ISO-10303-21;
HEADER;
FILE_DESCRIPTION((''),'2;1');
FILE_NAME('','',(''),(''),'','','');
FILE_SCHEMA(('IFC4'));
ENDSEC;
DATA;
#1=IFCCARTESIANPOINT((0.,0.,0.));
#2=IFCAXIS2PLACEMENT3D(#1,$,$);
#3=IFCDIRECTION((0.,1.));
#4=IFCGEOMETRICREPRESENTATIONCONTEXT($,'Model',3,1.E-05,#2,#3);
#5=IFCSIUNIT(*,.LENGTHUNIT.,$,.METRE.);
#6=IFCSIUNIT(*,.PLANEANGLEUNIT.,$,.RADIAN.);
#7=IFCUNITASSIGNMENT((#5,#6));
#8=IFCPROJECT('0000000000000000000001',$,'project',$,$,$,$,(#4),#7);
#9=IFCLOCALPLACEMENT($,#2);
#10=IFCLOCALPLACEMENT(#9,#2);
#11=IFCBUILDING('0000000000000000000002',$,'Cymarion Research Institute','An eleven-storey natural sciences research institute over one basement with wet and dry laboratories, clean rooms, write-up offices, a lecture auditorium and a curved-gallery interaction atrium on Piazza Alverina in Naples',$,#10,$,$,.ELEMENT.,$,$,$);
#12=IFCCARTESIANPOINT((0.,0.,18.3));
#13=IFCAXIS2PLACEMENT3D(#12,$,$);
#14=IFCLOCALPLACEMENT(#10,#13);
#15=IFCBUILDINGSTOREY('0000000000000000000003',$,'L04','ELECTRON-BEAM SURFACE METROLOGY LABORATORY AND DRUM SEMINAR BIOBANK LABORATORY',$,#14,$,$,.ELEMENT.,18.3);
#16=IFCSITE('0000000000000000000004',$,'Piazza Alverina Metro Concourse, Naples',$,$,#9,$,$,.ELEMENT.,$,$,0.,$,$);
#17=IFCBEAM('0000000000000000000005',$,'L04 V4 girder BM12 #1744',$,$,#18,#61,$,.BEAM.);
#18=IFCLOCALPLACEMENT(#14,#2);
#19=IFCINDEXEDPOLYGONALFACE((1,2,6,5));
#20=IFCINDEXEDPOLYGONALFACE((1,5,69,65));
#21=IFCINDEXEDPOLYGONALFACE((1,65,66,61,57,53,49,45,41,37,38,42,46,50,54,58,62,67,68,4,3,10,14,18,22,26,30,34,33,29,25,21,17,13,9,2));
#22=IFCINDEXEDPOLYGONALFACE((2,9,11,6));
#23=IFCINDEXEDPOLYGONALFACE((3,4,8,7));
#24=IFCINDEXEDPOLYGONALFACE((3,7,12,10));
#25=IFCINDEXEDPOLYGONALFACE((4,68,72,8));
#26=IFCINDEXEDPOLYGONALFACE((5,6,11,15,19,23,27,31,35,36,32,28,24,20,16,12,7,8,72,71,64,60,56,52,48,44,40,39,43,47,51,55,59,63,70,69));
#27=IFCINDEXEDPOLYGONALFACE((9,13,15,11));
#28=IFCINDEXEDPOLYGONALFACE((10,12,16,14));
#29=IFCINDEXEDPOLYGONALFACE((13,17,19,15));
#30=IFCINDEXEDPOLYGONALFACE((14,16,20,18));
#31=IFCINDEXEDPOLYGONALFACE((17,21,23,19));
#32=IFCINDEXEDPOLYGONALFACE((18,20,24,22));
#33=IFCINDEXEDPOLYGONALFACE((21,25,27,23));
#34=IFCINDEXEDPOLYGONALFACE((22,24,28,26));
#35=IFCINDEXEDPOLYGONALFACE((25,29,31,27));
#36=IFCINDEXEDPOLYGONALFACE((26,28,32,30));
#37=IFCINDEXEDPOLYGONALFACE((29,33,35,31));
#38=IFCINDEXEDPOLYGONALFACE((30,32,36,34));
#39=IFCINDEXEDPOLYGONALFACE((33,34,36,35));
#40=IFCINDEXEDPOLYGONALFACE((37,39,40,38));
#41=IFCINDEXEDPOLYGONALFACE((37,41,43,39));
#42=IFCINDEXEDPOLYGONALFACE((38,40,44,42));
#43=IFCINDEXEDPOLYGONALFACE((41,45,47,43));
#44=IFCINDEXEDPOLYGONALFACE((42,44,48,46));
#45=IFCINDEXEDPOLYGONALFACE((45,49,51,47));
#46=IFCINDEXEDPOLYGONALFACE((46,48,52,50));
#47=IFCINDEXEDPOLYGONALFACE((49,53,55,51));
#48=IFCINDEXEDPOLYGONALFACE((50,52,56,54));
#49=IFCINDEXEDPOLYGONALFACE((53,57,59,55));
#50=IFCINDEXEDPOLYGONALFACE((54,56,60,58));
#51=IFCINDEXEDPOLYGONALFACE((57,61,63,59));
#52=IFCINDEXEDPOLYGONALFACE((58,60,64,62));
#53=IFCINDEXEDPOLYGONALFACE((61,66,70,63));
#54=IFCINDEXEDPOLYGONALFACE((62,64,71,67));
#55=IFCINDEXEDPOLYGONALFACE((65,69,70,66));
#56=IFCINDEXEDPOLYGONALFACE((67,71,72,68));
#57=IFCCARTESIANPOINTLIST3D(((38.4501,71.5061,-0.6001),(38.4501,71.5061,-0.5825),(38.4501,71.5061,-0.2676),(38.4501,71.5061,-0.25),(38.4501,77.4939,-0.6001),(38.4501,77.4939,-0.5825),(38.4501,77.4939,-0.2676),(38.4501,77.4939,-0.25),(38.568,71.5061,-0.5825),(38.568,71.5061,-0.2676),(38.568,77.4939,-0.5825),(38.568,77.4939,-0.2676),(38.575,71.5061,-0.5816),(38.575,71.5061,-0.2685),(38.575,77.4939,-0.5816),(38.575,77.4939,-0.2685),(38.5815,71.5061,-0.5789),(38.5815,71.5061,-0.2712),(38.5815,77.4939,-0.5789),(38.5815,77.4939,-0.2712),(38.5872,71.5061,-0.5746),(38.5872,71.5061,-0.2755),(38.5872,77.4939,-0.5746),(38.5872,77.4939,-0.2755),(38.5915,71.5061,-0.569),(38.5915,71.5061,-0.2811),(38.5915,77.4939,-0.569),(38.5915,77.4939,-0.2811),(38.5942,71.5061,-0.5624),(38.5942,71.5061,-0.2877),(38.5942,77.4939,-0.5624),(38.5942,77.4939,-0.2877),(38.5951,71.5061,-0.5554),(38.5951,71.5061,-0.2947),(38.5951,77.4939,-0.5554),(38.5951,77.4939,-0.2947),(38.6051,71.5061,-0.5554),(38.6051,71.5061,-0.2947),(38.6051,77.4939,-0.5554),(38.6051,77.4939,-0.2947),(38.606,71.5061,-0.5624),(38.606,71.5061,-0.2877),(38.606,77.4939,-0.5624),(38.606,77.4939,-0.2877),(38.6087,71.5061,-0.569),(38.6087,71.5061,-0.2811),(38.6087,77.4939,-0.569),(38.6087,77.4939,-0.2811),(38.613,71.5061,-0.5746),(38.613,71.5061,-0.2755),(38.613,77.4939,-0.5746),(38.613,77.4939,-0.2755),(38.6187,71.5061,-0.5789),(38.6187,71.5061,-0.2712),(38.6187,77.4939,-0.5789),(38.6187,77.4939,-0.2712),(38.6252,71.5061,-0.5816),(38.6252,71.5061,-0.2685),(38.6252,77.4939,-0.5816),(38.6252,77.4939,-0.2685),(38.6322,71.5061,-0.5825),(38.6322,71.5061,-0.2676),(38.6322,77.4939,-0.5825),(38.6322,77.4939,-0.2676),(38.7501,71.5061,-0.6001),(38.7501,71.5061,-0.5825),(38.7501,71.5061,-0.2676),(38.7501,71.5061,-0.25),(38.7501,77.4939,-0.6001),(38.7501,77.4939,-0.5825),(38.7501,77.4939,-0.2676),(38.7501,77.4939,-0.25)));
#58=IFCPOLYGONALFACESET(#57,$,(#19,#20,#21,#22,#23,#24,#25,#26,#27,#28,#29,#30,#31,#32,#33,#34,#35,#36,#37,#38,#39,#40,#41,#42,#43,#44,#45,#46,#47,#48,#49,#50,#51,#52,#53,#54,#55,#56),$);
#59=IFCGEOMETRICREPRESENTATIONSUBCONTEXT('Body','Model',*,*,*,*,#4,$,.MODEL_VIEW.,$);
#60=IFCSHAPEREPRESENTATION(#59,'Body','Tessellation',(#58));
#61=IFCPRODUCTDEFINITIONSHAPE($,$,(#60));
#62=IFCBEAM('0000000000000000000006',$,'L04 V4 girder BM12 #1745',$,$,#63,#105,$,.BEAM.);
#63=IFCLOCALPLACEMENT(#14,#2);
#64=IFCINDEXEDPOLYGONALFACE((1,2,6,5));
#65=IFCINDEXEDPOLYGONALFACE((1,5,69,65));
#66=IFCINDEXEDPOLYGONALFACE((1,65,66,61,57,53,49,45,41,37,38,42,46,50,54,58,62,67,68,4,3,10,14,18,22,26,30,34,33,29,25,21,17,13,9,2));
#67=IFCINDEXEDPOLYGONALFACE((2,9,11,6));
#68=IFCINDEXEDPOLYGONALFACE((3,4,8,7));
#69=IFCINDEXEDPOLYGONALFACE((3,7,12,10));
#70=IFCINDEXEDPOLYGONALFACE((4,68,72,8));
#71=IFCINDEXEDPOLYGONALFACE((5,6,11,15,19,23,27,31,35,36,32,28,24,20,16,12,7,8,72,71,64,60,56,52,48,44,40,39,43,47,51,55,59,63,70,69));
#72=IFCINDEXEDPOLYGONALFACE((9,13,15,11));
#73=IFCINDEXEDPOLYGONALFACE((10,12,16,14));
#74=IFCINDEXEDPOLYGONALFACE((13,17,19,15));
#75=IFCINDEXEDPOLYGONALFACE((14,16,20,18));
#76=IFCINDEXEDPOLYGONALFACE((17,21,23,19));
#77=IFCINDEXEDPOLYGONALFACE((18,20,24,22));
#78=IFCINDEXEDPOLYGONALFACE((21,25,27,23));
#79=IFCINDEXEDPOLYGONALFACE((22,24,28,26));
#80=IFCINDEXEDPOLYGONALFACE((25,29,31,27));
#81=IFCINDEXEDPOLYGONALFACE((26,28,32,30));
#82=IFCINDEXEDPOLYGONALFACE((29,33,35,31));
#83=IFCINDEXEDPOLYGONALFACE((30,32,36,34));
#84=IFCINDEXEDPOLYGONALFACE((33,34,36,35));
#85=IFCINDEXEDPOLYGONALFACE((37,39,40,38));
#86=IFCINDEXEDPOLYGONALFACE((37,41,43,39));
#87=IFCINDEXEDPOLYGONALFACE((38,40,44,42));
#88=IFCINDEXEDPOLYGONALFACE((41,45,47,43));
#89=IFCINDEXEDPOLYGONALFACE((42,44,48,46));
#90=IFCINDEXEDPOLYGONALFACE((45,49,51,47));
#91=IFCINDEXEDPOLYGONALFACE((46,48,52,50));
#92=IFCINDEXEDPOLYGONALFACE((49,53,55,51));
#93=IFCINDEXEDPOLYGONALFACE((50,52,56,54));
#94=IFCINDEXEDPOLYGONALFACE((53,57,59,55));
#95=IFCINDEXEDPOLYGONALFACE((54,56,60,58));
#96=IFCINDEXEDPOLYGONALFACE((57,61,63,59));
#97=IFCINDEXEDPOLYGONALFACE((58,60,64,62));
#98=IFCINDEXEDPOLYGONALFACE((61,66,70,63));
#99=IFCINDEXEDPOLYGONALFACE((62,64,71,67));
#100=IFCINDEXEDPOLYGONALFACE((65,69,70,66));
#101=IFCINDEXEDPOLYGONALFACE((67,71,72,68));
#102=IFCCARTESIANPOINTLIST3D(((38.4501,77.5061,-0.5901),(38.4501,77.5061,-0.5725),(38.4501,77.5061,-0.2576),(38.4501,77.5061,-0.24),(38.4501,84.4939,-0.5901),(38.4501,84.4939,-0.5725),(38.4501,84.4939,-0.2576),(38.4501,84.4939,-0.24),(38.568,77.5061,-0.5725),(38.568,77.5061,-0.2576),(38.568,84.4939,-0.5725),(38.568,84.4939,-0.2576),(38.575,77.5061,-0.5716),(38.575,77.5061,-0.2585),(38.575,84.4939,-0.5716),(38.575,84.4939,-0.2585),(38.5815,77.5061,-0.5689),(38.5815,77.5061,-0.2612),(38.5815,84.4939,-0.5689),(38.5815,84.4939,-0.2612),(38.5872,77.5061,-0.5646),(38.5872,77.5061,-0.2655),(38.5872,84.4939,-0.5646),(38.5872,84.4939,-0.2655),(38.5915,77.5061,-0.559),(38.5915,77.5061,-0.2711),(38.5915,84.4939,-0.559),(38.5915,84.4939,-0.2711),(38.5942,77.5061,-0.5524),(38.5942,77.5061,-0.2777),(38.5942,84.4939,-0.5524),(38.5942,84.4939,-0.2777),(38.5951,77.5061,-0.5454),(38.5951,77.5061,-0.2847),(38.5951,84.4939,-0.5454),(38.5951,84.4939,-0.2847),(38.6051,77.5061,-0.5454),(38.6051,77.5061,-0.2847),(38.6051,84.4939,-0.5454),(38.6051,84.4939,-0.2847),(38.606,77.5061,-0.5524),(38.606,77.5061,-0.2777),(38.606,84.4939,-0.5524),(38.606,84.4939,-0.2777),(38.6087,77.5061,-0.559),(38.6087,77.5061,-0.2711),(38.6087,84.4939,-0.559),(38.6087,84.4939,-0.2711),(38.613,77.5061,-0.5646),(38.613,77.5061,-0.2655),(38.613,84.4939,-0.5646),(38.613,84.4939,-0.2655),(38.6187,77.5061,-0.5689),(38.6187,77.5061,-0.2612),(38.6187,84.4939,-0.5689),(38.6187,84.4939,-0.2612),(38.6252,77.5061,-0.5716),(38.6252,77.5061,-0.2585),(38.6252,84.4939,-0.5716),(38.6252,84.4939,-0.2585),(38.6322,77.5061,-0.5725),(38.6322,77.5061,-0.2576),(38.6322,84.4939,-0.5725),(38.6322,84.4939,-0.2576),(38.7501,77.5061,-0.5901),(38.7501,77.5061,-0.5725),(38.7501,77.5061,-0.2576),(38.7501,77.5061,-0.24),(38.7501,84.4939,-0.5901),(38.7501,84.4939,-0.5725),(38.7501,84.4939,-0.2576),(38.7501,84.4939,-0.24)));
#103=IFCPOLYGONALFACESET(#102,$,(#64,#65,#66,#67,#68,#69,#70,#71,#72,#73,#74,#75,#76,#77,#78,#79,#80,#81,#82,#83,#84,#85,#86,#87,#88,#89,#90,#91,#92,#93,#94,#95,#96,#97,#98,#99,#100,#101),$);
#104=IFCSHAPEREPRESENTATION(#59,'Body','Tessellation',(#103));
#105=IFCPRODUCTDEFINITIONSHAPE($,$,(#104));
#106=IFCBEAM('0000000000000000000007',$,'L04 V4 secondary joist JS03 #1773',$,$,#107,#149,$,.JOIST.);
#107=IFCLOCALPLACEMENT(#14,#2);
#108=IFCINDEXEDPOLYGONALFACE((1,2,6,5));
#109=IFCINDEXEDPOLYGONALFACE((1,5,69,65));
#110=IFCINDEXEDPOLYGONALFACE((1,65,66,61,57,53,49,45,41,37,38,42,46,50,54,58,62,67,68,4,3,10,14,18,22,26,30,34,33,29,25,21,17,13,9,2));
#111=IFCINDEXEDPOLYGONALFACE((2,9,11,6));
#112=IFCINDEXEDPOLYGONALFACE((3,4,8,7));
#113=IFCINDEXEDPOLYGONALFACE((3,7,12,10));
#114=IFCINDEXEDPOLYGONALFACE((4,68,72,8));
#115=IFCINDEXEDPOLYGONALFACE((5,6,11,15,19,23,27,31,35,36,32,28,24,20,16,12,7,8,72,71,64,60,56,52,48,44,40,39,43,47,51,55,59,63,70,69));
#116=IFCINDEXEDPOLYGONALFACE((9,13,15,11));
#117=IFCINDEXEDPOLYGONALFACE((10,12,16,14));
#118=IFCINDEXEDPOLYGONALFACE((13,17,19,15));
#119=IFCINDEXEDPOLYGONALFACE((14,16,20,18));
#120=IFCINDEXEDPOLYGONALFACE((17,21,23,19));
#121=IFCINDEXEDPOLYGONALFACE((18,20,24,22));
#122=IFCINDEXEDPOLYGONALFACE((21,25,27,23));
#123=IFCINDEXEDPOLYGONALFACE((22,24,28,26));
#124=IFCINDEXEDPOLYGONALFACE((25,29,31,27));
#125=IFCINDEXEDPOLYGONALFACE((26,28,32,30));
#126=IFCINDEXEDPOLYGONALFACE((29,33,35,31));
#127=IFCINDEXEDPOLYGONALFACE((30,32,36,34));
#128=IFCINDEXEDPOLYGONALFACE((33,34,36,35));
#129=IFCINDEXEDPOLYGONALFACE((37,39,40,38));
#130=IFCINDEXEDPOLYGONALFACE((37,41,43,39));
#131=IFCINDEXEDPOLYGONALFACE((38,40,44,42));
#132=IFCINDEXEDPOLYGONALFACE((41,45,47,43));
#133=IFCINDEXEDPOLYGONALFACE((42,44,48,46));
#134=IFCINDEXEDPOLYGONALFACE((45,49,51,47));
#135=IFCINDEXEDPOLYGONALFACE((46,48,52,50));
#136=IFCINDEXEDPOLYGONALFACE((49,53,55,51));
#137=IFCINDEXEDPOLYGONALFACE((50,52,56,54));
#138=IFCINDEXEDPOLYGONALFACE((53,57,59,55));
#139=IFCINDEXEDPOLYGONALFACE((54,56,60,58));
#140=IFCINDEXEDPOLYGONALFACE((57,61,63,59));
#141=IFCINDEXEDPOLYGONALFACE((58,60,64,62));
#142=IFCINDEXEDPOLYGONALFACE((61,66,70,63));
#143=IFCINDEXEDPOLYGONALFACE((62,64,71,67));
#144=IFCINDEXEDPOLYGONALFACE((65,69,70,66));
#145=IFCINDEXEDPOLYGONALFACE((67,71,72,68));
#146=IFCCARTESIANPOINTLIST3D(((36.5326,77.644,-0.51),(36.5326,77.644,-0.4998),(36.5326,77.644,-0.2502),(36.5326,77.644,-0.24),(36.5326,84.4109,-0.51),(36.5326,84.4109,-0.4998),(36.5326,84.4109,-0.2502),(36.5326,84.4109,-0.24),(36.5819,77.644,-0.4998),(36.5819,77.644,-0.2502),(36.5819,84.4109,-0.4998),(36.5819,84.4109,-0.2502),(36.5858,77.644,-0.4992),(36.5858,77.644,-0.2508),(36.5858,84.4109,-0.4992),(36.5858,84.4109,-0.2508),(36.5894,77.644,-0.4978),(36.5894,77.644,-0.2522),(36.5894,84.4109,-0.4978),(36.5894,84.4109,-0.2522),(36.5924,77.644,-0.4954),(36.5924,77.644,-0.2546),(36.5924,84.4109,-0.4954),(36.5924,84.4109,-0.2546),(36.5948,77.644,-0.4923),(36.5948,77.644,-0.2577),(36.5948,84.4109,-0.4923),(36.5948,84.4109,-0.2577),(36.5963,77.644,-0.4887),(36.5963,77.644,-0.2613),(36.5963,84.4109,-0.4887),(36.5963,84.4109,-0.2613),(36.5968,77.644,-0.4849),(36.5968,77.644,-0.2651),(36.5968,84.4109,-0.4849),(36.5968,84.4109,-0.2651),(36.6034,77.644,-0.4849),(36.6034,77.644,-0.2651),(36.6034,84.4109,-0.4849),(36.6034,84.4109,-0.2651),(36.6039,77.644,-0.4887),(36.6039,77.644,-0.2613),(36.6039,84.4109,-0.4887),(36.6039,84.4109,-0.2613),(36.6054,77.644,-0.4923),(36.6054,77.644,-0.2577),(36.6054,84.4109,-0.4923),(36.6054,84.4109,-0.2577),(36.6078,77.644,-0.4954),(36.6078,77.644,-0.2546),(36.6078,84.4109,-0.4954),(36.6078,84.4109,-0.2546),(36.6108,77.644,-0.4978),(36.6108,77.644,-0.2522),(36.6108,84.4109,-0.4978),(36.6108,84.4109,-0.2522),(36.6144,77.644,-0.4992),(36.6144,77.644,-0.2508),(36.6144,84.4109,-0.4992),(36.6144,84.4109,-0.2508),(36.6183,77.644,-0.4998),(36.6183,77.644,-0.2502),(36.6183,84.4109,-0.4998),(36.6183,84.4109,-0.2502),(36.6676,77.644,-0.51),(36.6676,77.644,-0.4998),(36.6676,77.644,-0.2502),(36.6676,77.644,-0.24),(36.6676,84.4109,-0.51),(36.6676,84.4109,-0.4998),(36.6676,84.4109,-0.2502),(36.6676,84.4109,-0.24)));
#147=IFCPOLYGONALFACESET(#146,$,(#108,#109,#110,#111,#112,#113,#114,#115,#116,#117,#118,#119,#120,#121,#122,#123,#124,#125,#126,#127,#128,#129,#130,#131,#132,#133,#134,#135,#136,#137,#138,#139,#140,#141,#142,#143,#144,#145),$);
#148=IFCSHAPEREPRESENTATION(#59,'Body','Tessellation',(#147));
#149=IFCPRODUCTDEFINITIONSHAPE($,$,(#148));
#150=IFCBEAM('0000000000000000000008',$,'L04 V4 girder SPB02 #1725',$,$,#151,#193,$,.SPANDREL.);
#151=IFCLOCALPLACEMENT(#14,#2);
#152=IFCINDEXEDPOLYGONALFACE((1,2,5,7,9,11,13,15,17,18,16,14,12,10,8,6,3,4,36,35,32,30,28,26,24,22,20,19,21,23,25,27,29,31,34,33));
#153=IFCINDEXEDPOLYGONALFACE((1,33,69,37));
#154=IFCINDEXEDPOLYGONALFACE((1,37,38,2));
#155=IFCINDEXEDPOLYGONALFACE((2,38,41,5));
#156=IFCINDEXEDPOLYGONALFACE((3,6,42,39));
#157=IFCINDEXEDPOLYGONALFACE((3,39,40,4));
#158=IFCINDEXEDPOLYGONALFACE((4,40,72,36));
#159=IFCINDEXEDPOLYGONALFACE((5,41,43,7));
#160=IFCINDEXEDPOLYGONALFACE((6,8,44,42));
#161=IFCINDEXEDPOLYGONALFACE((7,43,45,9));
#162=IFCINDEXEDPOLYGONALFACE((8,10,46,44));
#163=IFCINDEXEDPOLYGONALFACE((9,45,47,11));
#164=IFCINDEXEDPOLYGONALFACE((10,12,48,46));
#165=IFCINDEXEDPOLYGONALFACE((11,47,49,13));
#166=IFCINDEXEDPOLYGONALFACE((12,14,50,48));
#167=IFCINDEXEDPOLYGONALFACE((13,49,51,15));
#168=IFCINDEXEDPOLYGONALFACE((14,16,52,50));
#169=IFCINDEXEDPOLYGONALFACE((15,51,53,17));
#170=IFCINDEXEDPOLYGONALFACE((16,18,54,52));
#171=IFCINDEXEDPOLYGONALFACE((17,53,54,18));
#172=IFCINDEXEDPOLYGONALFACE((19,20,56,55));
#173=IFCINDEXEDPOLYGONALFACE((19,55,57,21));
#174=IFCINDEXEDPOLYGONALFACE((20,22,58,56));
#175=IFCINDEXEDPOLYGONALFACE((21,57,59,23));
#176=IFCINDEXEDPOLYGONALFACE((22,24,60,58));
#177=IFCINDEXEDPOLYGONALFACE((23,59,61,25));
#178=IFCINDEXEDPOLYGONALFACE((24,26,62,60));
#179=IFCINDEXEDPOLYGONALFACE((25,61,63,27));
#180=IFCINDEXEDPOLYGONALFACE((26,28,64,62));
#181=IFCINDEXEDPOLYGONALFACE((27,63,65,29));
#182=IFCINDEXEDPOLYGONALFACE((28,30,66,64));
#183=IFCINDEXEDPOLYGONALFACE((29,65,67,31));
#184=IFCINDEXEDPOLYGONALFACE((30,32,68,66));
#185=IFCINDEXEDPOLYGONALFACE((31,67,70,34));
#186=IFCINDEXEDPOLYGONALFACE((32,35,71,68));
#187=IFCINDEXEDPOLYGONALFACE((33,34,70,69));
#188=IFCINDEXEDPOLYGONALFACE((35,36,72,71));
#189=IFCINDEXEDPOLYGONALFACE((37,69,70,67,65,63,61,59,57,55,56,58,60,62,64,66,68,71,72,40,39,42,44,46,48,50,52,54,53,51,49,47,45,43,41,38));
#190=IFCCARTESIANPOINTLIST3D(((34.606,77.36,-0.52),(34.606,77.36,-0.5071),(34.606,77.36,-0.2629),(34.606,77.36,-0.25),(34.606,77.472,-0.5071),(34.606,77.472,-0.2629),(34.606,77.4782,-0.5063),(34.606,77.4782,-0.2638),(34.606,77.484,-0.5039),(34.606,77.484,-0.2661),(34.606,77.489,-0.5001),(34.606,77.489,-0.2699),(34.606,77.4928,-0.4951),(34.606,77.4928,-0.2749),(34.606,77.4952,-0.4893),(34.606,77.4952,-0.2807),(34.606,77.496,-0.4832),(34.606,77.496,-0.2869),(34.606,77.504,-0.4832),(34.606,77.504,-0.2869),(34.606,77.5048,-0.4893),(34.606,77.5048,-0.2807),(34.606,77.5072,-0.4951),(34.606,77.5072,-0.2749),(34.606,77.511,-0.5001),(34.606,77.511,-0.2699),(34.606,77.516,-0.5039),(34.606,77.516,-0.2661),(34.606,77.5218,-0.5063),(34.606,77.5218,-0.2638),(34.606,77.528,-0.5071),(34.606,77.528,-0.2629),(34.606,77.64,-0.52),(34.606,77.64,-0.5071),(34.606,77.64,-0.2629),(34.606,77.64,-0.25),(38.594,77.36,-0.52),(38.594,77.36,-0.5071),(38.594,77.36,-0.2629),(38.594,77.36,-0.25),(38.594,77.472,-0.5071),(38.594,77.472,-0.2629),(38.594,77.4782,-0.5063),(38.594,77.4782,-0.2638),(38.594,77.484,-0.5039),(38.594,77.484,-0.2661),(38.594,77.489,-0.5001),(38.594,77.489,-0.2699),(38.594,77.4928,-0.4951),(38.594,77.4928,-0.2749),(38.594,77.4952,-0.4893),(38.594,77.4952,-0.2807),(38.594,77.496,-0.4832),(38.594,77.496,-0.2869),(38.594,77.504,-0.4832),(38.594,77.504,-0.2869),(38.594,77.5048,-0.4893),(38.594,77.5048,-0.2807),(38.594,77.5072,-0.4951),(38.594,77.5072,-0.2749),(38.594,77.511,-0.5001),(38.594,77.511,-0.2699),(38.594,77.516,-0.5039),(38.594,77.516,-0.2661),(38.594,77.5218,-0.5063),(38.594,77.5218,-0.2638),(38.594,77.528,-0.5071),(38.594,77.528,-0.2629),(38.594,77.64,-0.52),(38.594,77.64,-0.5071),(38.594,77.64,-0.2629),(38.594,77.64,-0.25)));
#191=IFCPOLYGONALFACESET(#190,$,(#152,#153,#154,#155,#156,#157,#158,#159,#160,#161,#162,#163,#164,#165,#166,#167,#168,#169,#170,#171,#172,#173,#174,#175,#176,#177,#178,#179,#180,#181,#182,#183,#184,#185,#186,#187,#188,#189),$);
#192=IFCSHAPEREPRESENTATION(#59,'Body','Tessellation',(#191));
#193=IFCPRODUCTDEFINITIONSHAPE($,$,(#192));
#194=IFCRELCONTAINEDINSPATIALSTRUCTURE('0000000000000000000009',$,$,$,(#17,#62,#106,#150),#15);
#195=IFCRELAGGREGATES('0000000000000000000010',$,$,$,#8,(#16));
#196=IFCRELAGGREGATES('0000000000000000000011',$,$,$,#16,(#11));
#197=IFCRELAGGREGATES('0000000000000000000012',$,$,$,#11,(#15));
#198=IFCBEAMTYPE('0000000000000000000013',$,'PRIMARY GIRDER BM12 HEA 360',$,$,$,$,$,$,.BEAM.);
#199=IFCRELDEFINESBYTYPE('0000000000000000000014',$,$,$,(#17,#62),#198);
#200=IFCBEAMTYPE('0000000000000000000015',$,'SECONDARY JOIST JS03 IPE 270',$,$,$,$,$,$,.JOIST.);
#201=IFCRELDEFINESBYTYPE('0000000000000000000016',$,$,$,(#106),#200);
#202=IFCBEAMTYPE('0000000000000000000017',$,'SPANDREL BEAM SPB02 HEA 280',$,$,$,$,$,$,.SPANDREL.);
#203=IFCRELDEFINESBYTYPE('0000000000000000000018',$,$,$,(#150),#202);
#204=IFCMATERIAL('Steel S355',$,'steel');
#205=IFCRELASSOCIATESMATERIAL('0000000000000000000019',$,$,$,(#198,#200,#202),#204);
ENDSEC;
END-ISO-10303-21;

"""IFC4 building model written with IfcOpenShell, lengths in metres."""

from ifc_helpers import new_model, si_unit, direction, frame, origin, origin_2d, place, context, subcontext, project, spatial, i_section, extrude, material, material_profile, profile_set, type_object, element, save


model = new_model("IFC4")

# Units and contexts
model_context = context("Model", 3, precision=1e-05, world=origin(), true_north=direction((0.0, 1.0)))
body_context = subcontext(model_context, "Body", "Model", "MODEL_VIEW")
ifc_project = project(units=[si_unit("LENGTHUNIT", "METRE"), si_unit("PLANEANGLEUNIT", "RADIAN")], contexts=[model_context])

# Site, building, storey
site_placement = place(None, origin())
site = spatial("IfcSite", under=ifc_project, at=site_placement, Name="Piazza Alverina Metro Concourse, Naples", CompositionType="ELEMENT", RefElevation=0.0)
building_placement = place(site_placement, origin())
building = spatial("IfcBuilding", under=site, at=building_placement, Name="Cymarion Research Institute", Description="An eleven-storey natural sciences research institute over one basement with wet and dry laboratories, clean rooms, write-up offices, a lecture auditorium and a curved-gallery interaction atrium on Piazza Alverina in Naples", CompositionType="ELEMENT")
storey_placement = place(building_placement, frame((0.0, 0.0, 18.3)))
storey = spatial("IfcBuildingStorey", under=building, at=storey_placement, Name="L04", Description="ELECTRON-BEAM SURFACE METROLOGY LABORATORY AND DRUM SEMINAR BIOBANK LABORATORY", CompositionType="ELEMENT", Elevation=18.3)

# Shared definitions
ifc_material_1 = material(Name="Steel S355", Category="steel")

# Beams
ifc_material_profile_1 = material_profile(ifc_material_1, i_section(OverallWidth=0.3, OverallDepth=0.3501, WebThickness=0.01, FlangeThickness=0.0176, FilletRadius=0.0271, at=origin_2d()), Name="HEA 360")
ifc_profile_set_1 = profile_set([ifc_material_profile_1], Name="Steel S355")
beam_type_1 = type_object("IfcBeamType", Name="PRIMARY GIRDER BM12 HEA 360", PredefinedType="BEAM", material=ifc_profile_set_1)
beam_1_placement = place(storey_placement, frame((38.6001, 71.5061, -0.425), z_axis=(0.0, 1.0, 0.0), x_axis=(-1.0, 0.0, 0.0)))
element("IfcBeam", 1, at=beam_1_placement, inside=storey, type_object=beam_type_1, Name="L04 V4 girder BM12 #1744", PredefinedType="BEAM", context=body_context, shape_type="SweptSolid", body=[
    extrude(i_section(OverallWidth=0.3, OverallDepth=0.3501, WebThickness=0.01, FlangeThickness=0.0176, FilletRadius=0.0271, at=origin_2d()), origin(), (0.0, 0.0, 1.0), 5.9878),
])
beam_2_placement = place(storey_placement, frame((38.6001, 77.5061, -0.415), z_axis=(0.0, 1.0, 0.0), x_axis=(-1.0, 0.0, 0.0)))
element("IfcBeam", 2, at=beam_2_placement, inside=storey, type_object=beam_type_1, Name="L04 V4 girder BM12 #1745", PredefinedType="BEAM", context=body_context, shape_type="SweptSolid", body=[
    extrude(i_section(OverallWidth=0.3, OverallDepth=0.3501, WebThickness=0.01, FlangeThickness=0.0176, FilletRadius=0.0271, at=origin_2d()), origin(), (0.0, 0.0, 1.0), 6.9878),
])
ifc_material_profile_2 = material_profile(ifc_material_1, i_section(OverallWidth=0.135, OverallDepth=0.27, WebThickness=0.0066, FlangeThickness=0.0103, FilletRadius=0.0149, at=origin_2d()), Name="IPE 270")
ifc_profile_set_2 = profile_set([ifc_material_profile_2], Name="Steel S355")
beam_type_2 = type_object("IfcBeamType", Name="SECONDARY JOIST JS03 IPE 270", PredefinedType="JOIST", material=ifc_profile_set_2)
beam_3_placement = place(storey_placement, frame((36.6001, 77.644, -0.375), z_axis=(0.0, 1.0, 0.0), x_axis=(-1.0, 0.0, 0.0)))
element("IfcBeam", 3, at=beam_3_placement, inside=storey, type_object=beam_type_2, Name="L04 V4 secondary joist JS03 #1773", PredefinedType="JOIST", context=body_context, shape_type="SweptSolid", body=[
    extrude(i_section(OverallWidth=0.135, OverallDepth=0.27, WebThickness=0.0066, FlangeThickness=0.0103, FilletRadius=0.0149, at=origin_2d()), origin(), (0.0, 0.0, 1.0), 6.7668),
])
ifc_material_profile_3 = material_profile(ifc_material_1, i_section(OverallWidth=0.28, OverallDepth=0.27, WebThickness=0.0081, FlangeThickness=0.0129, FilletRadius=0.0239, at=origin_2d()), Name="HEA 280")
ifc_profile_set_3 = profile_set([ifc_material_profile_3], Name="Steel S355")
beam_type_3 = type_object("IfcBeamType", Name="SPANDREL BEAM SPB02 HEA 280", PredefinedType="SPANDREL", material=ifc_profile_set_3)
beam_4_placement = place(storey_placement, frame((34.606, 77.5, -0.385), z_axis=(1.0, 0.0, 0.0), x_axis=(0.0, 1.0, 0.0)))
element("IfcBeam", 4, at=beam_4_placement, inside=storey, type_object=beam_type_3, Name="L04 V4 girder SPB02 #1725", PredefinedType="SPANDREL", context=body_context, shape_type="SweptSolid", body=[
    extrude(i_section(OverallWidth=0.28, OverallDepth=0.27, WebThickness=0.0081, FlangeThickness=0.0129, FilletRadius=0.0239, at=origin_2d()), origin(), (0.0, 0.0, 1.0), 3.988),
])

save(model, "model.ifc")
